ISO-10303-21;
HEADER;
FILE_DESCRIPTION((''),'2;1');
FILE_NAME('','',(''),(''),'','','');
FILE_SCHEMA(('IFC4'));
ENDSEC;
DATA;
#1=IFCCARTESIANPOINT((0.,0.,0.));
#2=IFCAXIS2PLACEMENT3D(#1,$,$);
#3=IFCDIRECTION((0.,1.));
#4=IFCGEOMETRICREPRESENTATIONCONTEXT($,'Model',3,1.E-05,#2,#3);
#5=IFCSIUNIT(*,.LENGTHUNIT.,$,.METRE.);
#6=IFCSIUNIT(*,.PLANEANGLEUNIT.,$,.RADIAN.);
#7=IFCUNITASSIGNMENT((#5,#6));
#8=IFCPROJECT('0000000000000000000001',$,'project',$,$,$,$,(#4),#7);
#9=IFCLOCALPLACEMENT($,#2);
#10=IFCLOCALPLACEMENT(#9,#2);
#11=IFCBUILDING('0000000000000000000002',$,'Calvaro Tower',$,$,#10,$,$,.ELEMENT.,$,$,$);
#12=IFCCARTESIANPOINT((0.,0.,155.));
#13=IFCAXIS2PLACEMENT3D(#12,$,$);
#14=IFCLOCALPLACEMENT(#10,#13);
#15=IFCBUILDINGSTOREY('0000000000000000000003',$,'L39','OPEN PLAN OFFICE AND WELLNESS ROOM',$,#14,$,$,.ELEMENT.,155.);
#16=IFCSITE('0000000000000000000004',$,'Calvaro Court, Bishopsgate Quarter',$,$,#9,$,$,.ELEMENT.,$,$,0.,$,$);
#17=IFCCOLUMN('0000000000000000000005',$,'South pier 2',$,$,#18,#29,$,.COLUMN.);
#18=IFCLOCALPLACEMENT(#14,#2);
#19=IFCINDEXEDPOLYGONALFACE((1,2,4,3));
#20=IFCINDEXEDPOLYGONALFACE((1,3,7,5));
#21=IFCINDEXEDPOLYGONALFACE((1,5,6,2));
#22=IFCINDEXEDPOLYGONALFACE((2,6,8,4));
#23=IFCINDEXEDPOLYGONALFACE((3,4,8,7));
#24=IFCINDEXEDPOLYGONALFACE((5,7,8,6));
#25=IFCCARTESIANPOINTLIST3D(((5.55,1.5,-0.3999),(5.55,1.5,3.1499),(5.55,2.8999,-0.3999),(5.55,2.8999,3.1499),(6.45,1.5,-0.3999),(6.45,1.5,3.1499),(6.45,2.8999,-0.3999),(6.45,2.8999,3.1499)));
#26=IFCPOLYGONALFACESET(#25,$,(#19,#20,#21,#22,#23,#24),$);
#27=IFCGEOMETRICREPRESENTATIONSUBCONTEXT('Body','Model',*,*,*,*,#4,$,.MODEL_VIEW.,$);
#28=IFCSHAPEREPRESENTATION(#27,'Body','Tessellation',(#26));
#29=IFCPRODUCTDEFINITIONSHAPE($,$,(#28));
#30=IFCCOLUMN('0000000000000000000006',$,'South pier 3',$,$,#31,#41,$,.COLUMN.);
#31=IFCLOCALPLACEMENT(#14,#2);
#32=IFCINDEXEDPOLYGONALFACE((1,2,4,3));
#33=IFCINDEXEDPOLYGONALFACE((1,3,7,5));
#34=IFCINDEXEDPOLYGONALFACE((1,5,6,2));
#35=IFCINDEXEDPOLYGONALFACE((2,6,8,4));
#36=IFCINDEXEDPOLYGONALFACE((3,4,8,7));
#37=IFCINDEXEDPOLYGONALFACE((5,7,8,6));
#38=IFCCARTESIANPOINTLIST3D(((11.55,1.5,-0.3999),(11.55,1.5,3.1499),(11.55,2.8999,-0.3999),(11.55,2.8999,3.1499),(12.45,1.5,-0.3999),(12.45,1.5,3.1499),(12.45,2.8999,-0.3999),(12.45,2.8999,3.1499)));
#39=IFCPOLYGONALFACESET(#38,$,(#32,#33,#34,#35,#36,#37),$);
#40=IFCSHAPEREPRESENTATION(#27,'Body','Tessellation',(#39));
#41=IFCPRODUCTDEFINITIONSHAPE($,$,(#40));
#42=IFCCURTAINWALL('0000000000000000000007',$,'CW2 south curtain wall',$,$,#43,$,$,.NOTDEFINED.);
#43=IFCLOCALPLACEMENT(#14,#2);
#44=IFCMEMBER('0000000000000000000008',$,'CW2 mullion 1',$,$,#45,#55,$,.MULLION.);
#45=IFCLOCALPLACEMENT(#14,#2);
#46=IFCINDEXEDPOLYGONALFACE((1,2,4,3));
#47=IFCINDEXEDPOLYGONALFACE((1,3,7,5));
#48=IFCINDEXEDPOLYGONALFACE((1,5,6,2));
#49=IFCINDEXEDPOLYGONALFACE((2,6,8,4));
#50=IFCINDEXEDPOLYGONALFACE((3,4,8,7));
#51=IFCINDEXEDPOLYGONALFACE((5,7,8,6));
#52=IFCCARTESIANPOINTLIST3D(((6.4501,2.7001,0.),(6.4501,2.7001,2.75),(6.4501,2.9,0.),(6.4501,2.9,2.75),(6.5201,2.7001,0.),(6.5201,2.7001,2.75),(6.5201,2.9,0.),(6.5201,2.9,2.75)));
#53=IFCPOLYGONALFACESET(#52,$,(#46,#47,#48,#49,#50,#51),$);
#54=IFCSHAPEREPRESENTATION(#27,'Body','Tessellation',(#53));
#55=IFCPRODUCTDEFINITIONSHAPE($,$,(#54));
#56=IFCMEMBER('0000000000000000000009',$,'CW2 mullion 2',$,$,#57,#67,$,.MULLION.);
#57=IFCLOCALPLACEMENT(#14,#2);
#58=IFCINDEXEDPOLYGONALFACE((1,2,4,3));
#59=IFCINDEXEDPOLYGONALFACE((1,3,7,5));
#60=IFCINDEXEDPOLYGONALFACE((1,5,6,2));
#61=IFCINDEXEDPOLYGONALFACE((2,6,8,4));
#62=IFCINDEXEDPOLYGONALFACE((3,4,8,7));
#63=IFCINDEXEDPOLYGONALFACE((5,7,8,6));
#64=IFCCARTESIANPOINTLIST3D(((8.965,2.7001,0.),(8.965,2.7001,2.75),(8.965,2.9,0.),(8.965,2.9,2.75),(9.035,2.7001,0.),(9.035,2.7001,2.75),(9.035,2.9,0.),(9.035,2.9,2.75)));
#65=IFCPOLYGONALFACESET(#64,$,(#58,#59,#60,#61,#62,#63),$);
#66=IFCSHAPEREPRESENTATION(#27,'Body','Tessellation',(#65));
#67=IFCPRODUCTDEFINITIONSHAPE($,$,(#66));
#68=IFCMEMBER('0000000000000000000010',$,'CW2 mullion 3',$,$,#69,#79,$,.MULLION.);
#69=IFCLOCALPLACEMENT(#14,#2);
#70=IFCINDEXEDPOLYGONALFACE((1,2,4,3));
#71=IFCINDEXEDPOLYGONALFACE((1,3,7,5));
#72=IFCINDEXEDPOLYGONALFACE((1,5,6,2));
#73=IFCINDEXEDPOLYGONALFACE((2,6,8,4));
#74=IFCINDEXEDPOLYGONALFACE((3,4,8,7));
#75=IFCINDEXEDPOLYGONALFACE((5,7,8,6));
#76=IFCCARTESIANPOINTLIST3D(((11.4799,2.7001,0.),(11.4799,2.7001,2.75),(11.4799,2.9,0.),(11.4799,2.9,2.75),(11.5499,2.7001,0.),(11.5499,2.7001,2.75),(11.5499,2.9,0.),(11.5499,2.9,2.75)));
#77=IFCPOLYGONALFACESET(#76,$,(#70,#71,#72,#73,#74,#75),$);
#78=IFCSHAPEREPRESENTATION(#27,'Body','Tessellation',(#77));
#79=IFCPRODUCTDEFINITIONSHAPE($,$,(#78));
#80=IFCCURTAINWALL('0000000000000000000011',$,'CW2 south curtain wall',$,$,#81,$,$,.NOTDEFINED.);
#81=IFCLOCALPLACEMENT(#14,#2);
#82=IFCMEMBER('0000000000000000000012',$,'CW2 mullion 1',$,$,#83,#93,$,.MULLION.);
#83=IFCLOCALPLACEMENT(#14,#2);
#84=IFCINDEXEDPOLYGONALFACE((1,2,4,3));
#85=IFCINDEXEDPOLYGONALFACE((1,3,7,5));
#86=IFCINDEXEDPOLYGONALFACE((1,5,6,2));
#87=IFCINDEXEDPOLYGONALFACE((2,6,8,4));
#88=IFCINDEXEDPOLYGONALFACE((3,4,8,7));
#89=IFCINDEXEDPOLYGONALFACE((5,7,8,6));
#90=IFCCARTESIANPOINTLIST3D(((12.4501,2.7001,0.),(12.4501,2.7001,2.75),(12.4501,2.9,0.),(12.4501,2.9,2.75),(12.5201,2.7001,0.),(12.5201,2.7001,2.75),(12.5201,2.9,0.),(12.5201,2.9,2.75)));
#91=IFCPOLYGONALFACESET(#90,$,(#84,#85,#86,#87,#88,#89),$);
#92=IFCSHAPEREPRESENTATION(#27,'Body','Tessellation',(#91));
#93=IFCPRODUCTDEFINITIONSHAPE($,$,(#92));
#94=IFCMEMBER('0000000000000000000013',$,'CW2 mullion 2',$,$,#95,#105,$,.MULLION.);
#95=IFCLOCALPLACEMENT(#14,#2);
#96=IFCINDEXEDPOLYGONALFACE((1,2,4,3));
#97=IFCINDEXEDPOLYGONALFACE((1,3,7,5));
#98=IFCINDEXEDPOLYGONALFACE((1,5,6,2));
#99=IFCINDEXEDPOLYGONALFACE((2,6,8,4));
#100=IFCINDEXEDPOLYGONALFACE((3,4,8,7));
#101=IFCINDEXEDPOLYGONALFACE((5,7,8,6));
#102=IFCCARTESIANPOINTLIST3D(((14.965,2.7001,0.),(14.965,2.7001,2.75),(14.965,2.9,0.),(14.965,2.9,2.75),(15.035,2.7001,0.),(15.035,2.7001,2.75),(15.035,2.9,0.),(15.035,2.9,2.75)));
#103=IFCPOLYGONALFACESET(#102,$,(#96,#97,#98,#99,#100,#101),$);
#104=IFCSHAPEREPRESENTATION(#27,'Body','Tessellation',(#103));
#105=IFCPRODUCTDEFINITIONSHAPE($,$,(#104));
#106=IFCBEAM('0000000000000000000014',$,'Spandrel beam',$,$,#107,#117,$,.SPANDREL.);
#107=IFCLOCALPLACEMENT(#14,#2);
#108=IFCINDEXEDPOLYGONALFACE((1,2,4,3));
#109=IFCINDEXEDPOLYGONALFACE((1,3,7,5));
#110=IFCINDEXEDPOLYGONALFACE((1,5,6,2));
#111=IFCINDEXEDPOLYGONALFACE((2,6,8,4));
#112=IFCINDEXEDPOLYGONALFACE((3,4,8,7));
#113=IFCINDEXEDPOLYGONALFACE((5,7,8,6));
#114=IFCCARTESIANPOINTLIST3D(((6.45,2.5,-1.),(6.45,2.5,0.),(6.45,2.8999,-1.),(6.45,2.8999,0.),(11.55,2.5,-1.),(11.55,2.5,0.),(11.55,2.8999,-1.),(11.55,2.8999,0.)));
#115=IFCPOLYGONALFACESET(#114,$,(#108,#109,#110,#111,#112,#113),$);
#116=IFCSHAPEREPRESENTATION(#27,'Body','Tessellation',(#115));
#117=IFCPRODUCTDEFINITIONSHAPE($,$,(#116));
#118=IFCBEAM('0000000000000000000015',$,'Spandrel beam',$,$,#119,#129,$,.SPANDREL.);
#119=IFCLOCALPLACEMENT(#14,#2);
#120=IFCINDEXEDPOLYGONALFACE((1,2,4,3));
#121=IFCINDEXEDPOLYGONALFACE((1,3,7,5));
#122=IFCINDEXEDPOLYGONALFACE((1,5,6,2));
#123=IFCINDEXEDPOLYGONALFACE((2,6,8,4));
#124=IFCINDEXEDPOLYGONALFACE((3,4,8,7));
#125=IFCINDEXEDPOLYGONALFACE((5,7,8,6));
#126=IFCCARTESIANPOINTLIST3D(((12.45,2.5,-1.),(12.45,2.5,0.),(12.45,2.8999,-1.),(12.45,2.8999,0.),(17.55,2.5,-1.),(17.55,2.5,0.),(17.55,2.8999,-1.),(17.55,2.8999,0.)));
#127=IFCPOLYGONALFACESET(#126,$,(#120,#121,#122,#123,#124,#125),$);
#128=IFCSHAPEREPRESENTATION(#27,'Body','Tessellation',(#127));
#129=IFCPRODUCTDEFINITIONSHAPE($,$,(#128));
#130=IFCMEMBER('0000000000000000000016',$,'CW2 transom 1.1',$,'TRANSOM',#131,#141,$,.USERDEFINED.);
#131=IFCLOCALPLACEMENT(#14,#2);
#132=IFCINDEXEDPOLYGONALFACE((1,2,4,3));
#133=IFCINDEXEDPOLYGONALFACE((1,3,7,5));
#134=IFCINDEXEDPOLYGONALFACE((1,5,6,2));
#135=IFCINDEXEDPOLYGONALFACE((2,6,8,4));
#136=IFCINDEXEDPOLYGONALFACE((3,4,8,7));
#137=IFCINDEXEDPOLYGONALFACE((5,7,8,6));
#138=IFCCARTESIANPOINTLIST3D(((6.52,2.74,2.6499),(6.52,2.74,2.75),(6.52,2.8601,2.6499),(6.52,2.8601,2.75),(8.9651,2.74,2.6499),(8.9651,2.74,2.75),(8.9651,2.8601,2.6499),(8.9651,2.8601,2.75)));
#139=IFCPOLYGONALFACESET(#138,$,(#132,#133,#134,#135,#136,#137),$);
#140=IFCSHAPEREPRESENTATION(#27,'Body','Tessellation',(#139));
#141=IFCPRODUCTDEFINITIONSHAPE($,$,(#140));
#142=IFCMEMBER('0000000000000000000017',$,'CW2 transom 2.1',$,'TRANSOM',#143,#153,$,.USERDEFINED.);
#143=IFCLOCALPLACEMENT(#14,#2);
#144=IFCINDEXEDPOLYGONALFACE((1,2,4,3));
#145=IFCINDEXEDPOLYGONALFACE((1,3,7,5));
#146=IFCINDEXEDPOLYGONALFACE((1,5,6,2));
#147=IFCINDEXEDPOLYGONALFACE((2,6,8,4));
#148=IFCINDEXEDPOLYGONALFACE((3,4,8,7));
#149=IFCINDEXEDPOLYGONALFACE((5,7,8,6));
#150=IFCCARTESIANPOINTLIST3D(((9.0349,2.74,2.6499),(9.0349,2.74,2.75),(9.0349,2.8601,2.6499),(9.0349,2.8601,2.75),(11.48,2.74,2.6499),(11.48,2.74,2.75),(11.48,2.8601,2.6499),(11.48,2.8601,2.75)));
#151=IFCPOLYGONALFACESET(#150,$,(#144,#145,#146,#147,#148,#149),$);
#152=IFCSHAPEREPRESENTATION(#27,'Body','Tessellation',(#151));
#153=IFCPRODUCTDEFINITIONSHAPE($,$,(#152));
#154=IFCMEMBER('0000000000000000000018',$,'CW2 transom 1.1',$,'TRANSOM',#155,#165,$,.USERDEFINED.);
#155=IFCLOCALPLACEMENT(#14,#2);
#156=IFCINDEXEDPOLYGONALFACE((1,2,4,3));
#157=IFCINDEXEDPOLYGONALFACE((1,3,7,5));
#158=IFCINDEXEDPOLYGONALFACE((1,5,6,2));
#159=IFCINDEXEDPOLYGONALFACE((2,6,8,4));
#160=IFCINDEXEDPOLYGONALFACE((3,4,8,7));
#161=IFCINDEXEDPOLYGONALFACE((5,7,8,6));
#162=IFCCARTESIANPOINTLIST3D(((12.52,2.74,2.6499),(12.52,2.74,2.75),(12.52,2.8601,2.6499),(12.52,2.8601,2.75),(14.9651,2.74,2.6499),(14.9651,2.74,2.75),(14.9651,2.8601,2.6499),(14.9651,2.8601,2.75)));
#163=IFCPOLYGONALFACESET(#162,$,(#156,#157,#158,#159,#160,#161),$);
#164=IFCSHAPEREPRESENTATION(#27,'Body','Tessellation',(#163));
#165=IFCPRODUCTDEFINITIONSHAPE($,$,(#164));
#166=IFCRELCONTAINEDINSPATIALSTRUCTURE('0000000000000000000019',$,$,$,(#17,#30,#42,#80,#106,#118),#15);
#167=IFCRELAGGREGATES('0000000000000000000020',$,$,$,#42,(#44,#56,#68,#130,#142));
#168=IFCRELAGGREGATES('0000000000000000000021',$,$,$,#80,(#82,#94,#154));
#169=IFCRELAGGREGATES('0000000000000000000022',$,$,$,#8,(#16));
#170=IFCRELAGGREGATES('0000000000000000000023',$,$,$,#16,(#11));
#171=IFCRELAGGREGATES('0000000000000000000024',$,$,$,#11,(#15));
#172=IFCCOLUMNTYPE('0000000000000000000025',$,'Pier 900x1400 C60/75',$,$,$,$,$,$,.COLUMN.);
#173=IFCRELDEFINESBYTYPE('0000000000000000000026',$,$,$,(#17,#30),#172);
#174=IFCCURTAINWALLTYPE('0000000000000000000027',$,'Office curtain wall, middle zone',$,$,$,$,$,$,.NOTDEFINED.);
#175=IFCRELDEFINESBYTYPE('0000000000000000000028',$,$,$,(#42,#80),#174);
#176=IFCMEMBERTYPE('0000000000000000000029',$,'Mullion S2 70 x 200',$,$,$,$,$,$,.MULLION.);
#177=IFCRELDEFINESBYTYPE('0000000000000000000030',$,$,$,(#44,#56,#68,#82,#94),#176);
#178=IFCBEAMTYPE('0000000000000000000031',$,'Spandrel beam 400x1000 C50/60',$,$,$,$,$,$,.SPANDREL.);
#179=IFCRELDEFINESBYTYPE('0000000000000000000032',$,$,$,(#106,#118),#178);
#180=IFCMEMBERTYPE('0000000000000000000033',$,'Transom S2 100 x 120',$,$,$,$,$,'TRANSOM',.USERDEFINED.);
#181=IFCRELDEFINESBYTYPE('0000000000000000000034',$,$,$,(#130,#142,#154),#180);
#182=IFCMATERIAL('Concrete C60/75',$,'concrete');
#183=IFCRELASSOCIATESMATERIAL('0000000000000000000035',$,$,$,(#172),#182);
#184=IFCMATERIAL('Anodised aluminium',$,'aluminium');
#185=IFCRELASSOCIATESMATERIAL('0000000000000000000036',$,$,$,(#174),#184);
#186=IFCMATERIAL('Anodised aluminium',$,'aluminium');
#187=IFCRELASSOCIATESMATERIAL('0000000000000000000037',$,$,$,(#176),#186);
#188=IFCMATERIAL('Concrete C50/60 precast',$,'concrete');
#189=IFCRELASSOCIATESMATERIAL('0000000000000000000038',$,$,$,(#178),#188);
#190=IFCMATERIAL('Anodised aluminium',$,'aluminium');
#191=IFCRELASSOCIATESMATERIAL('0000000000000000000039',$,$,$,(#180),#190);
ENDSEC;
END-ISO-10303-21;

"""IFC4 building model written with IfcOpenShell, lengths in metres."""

from ifc_helpers import new_model, si_unit, direction, frame, origin, origin_2d, place, context, subcontext, project, spatial, rectangle, extrude, material, material_profile, profile_set, type_object, element, aggregate, save


model = new_model("IFC4")

# Units and contexts
model_context = context("Model", 3, precision=1e-05, world=origin(), true_north=direction((0.0, 1.0)))
body_context = subcontext(model_context, "Body", "Model", "MODEL_VIEW")
ifc_project = project(units=[si_unit("LENGTHUNIT", "METRE"), si_unit("PLANEANGLEUNIT", "RADIAN")], contexts=[model_context])

# Site, building, storey
site_placement = place(None, origin())
site = spatial("IfcSite", under=ifc_project, at=site_placement, Name="Calvaro Court, Bishopsgate Quarter", CompositionType="ELEMENT", RefElevation=0.0)
building_placement = place(site_placement, origin())
building = spatial("IfcBuilding", under=site, at=building_placement, Name="Calvaro Tower", CompositionType="ELEMENT")
storey_placement = place(building_placement, frame((0.0, 0.0, 155.0)))
storey = spatial("IfcBuildingStorey", under=building, at=storey_placement, Name="L39", Description="OPEN PLAN OFFICE AND WELLNESS ROOM", CompositionType="ELEMENT", Elevation=155.0)

# Columns
ifc_material_1 = material(Name="Concrete C60/75", Category="concrete")
ifc_material_profile_1 = material_profile(ifc_material_1, rectangle(XDim=0.8999, YDim=1.3999, at=origin_2d()), Name="RC 900x1400")
ifc_profile_set_1 = profile_set([ifc_material_profile_1], Name="Concrete C60/75")
column_type = type_object("IfcColumnType", Name="Pier 900x1400 C60/75", PredefinedType="COLUMN", material=ifc_profile_set_1)
for number, where, z_axis, x_axis, name in (
    (1, (6.0, 2.2, -0.3999), (0.0, 0.0, 1.0), (1.0, 0.0, 0.0), "South pier 2"),
    (2, (12.0, 2.2, -0.3999), (0.0, 0.0, 1.0), (1.0, 0.0, 0.0), "South pier 3"),
):
    element("IfcColumn", number, at=place(storey_placement, frame(where, z_axis=z_axis, x_axis=x_axis)), inside=storey, type_object=column_type, Name=name, PredefinedType="COLUMN", context=body_context, shape_type="SweptSolid", body=[
        extrude(rectangle(XDim=0.8999, YDim=1.3999, at=origin_2d()), origin(), (0.0, 0.0, 1.0), 3.5498),
    ])

# Curtain walls, members
ifc_material_2 = material(Name="Anodised aluminium", Category="aluminium")
curtain_wall_type = type_object("IfcCurtainWallType", Name="Office curtain wall, middle zone", PredefinedType="NOTDEFINED", material=ifc_material_2)
curtain_wall_1_placement = place(storey_placement, origin())
curtain_wall_1 = element("IfcCurtainWall", 3, at=curtain_wall_1_placement, inside=storey, type_object=curtain_wall_type, Name="CW2 south curtain wall", PredefinedType="NOTDEFINED")
ifc_material_3 = material(Name="Anodised aluminium", Category="aluminium")
ifc_material_profile_2 = material_profile(ifc_material_3, rectangle(XDim=0.2, YDim=0.0701, at=origin_2d()), Name="Mullion S2 70 x 200")
ifc_profile_set_2 = profile_set([ifc_material_profile_2], Name="Anodised aluminium")
member_type_1 = type_object("IfcMemberType", Name="Mullion S2 70 x 200", PredefinedType="MULLION", material=ifc_profile_set_2)
member_1_placement = place(storey_placement, frame((6.4851, 2.8, 0.0), z_axis=(0.0, 0.0, 1.0), x_axis=(0.0, 1.0, 0.0)))
member_1 = element("IfcMember", 4, at=member_1_placement, type_object=member_type_1, Name="CW2 mullion 1", PredefinedType="MULLION", context=body_context, shape_type="SweptSolid", body=[
    extrude(rectangle(XDim=0.2, YDim=0.0701, at=origin_2d()), origin(), (0.0, 0.0, 1.0), 2.75),
])
member_2_placement = place(storey_placement, frame((9.0, 2.8, 0.0), z_axis=(0.0, 0.0, 1.0), x_axis=(0.0, 1.0, 0.0)))
member_2 = element("IfcMember", 5, at=member_2_placement, type_object=member_type_1, Name="CW2 mullion 2", PredefinedType="MULLION", context=body_context, shape_type="SweptSolid", body=[
    extrude(rectangle(XDim=0.2, YDim=0.0701, at=origin_2d()), origin(), (0.0, 0.0, 1.0), 2.75),
])
member_3_placement = place(storey_placement, frame((11.5149, 2.8, 0.0), z_axis=(0.0, 0.0, 1.0), x_axis=(0.0, 1.0, 0.0)))
member_3 = element("IfcMember", 6, at=member_3_placement, type_object=member_type_1, Name="CW2 mullion 3", PredefinedType="MULLION", context=body_context, shape_type="SweptSolid", body=[
    extrude(rectangle(XDim=0.2, YDim=0.0701, at=origin_2d()), origin(), (0.0, 0.0, 1.0), 2.75),
])
curtain_wall_2_placement = place(storey_placement, origin())
curtain_wall_2 = element("IfcCurtainWall", 7, at=curtain_wall_2_placement, inside=storey, type_object=curtain_wall_type, Name="CW2 south curtain wall", PredefinedType="NOTDEFINED")
member_4_placement = place(storey_placement, frame((12.4851, 2.8, 0.0), z_axis=(0.0, 0.0, 1.0), x_axis=(0.0, 1.0, 0.0)))
member_4 = element("IfcMember", 8, at=member_4_placement, type_object=member_type_1, Name="CW2 mullion 1", PredefinedType="MULLION", context=body_context, shape_type="SweptSolid", body=[
    extrude(rectangle(XDim=0.2, YDim=0.0701, at=origin_2d()), origin(), (0.0, 0.0, 1.0), 2.75),
])
member_5_placement = place(storey_placement, frame((15.0, 2.8, 0.0), z_axis=(0.0, 0.0, 1.0), x_axis=(0.0, 1.0, 0.0)))
member_5 = element("IfcMember", 9, at=member_5_placement, type_object=member_type_1, Name="CW2 mullion 2", PredefinedType="MULLION", context=body_context, shape_type="SweptSolid", body=[
    extrude(rectangle(XDim=0.2, YDim=0.0701, at=origin_2d()), origin(), (0.0, 0.0, 1.0), 2.75),
])

# Beams
ifc_material_4 = material(Name="Concrete C50/60 precast", Category="concrete")
ifc_material_profile_3 = material_profile(ifc_material_4, rectangle(XDim=0.3999, YDim=1.0, at=origin_2d()), Name="RC 400x1000")
ifc_profile_set_3 = profile_set([ifc_material_profile_3], Name="Concrete C50/60 precast")
beam_type = type_object("IfcBeamType", Name="Spandrel beam 400x1000 C50/60", PredefinedType="SPANDREL", material=ifc_profile_set_3)
for number, where, z_axis, x_axis, name in (
    (10, (6.45, 2.7, -0.5), (1.0, 0.0, 0.0), (0.0, 1.0, 0.0), "Spandrel beam"),
    (11, (12.45, 2.7, -0.5), (1.0, 0.0, 0.0), (0.0, 1.0, 0.0), "Spandrel beam"),
):
    element("IfcBeam", number, at=place(storey_placement, frame(where, z_axis=z_axis, x_axis=x_axis)), inside=storey, type_object=beam_type, Name=name, PredefinedType="SPANDREL", context=body_context, shape_type="SweptSolid", body=[
        extrude(rectangle(XDim=0.3999, YDim=1.0, at=origin_2d()), origin(), (0.0, 0.0, 1.0), 5.1001),
    ])

# Members
ifc_material_5 = material(Name="Anodised aluminium", Category="aluminium")
ifc_material_profile_4 = material_profile(ifc_material_5, rectangle(XDim=0.1201, YDim=0.1001, at=origin_2d()), Name="Transom S2 100 x 120")
ifc_profile_set_4 = profile_set([ifc_material_profile_4], Name="Anodised aluminium")
member_type_2 = type_object("IfcMemberType", Name="Transom S2 100 x 120", ElementType="TRANSOM", PredefinedType="USERDEFINED", material=ifc_profile_set_4)
member_6_placement = place(storey_placement, frame((6.52, 2.8, 2.7), z_axis=(1.0, 0.0, 0.0), x_axis=(0.0, 1.0, 0.0)))
member_6 = element("IfcMember", 12, at=member_6_placement, type_object=member_type_2, Name="CW2 transom 1.1", ObjectType="TRANSOM", PredefinedType="USERDEFINED", context=body_context, shape_type="SweptSolid", body=[
    extrude(rectangle(XDim=0.1201, YDim=0.1001, at=origin_2d()), origin(), (0.0, 0.0, 1.0), 2.4451),
])
member_7_placement = place(storey_placement, frame((9.0349, 2.8, 2.7), z_axis=(1.0, 0.0, 0.0), x_axis=(0.0, 1.0, 0.0)))
member_7 = element("IfcMember", 13, at=member_7_placement, type_object=member_type_2, Name="CW2 transom 2.1", ObjectType="TRANSOM", PredefinedType="USERDEFINED", context=body_context, shape_type="SweptSolid", body=[
    extrude(rectangle(XDim=0.1201, YDim=0.1001, at=origin_2d()), origin(), (0.0, 0.0, 1.0), 2.4451),
])
member_8_placement = place(storey_placement, frame((12.52, 2.8, 2.7), z_axis=(1.0, 0.0, 0.0), x_axis=(0.0, 1.0, 0.0)))
member_8 = element("IfcMember", 14, at=member_8_placement, type_object=member_type_2, Name="CW2 transom 1.1", ObjectType="TRANSOM", PredefinedType="USERDEFINED", context=body_context, shape_type="SweptSolid", body=[
    extrude(rectangle(XDim=0.1201, YDim=0.1001, at=origin_2d()), origin(), (0.0, 0.0, 1.0), 2.4451),
])

aggregate(curtain_wall_1, [member_1, member_2, member_3, member_6, member_7])
aggregate(curtain_wall_2, [member_4, member_5, member_8])

save(model, "model.ifc")
